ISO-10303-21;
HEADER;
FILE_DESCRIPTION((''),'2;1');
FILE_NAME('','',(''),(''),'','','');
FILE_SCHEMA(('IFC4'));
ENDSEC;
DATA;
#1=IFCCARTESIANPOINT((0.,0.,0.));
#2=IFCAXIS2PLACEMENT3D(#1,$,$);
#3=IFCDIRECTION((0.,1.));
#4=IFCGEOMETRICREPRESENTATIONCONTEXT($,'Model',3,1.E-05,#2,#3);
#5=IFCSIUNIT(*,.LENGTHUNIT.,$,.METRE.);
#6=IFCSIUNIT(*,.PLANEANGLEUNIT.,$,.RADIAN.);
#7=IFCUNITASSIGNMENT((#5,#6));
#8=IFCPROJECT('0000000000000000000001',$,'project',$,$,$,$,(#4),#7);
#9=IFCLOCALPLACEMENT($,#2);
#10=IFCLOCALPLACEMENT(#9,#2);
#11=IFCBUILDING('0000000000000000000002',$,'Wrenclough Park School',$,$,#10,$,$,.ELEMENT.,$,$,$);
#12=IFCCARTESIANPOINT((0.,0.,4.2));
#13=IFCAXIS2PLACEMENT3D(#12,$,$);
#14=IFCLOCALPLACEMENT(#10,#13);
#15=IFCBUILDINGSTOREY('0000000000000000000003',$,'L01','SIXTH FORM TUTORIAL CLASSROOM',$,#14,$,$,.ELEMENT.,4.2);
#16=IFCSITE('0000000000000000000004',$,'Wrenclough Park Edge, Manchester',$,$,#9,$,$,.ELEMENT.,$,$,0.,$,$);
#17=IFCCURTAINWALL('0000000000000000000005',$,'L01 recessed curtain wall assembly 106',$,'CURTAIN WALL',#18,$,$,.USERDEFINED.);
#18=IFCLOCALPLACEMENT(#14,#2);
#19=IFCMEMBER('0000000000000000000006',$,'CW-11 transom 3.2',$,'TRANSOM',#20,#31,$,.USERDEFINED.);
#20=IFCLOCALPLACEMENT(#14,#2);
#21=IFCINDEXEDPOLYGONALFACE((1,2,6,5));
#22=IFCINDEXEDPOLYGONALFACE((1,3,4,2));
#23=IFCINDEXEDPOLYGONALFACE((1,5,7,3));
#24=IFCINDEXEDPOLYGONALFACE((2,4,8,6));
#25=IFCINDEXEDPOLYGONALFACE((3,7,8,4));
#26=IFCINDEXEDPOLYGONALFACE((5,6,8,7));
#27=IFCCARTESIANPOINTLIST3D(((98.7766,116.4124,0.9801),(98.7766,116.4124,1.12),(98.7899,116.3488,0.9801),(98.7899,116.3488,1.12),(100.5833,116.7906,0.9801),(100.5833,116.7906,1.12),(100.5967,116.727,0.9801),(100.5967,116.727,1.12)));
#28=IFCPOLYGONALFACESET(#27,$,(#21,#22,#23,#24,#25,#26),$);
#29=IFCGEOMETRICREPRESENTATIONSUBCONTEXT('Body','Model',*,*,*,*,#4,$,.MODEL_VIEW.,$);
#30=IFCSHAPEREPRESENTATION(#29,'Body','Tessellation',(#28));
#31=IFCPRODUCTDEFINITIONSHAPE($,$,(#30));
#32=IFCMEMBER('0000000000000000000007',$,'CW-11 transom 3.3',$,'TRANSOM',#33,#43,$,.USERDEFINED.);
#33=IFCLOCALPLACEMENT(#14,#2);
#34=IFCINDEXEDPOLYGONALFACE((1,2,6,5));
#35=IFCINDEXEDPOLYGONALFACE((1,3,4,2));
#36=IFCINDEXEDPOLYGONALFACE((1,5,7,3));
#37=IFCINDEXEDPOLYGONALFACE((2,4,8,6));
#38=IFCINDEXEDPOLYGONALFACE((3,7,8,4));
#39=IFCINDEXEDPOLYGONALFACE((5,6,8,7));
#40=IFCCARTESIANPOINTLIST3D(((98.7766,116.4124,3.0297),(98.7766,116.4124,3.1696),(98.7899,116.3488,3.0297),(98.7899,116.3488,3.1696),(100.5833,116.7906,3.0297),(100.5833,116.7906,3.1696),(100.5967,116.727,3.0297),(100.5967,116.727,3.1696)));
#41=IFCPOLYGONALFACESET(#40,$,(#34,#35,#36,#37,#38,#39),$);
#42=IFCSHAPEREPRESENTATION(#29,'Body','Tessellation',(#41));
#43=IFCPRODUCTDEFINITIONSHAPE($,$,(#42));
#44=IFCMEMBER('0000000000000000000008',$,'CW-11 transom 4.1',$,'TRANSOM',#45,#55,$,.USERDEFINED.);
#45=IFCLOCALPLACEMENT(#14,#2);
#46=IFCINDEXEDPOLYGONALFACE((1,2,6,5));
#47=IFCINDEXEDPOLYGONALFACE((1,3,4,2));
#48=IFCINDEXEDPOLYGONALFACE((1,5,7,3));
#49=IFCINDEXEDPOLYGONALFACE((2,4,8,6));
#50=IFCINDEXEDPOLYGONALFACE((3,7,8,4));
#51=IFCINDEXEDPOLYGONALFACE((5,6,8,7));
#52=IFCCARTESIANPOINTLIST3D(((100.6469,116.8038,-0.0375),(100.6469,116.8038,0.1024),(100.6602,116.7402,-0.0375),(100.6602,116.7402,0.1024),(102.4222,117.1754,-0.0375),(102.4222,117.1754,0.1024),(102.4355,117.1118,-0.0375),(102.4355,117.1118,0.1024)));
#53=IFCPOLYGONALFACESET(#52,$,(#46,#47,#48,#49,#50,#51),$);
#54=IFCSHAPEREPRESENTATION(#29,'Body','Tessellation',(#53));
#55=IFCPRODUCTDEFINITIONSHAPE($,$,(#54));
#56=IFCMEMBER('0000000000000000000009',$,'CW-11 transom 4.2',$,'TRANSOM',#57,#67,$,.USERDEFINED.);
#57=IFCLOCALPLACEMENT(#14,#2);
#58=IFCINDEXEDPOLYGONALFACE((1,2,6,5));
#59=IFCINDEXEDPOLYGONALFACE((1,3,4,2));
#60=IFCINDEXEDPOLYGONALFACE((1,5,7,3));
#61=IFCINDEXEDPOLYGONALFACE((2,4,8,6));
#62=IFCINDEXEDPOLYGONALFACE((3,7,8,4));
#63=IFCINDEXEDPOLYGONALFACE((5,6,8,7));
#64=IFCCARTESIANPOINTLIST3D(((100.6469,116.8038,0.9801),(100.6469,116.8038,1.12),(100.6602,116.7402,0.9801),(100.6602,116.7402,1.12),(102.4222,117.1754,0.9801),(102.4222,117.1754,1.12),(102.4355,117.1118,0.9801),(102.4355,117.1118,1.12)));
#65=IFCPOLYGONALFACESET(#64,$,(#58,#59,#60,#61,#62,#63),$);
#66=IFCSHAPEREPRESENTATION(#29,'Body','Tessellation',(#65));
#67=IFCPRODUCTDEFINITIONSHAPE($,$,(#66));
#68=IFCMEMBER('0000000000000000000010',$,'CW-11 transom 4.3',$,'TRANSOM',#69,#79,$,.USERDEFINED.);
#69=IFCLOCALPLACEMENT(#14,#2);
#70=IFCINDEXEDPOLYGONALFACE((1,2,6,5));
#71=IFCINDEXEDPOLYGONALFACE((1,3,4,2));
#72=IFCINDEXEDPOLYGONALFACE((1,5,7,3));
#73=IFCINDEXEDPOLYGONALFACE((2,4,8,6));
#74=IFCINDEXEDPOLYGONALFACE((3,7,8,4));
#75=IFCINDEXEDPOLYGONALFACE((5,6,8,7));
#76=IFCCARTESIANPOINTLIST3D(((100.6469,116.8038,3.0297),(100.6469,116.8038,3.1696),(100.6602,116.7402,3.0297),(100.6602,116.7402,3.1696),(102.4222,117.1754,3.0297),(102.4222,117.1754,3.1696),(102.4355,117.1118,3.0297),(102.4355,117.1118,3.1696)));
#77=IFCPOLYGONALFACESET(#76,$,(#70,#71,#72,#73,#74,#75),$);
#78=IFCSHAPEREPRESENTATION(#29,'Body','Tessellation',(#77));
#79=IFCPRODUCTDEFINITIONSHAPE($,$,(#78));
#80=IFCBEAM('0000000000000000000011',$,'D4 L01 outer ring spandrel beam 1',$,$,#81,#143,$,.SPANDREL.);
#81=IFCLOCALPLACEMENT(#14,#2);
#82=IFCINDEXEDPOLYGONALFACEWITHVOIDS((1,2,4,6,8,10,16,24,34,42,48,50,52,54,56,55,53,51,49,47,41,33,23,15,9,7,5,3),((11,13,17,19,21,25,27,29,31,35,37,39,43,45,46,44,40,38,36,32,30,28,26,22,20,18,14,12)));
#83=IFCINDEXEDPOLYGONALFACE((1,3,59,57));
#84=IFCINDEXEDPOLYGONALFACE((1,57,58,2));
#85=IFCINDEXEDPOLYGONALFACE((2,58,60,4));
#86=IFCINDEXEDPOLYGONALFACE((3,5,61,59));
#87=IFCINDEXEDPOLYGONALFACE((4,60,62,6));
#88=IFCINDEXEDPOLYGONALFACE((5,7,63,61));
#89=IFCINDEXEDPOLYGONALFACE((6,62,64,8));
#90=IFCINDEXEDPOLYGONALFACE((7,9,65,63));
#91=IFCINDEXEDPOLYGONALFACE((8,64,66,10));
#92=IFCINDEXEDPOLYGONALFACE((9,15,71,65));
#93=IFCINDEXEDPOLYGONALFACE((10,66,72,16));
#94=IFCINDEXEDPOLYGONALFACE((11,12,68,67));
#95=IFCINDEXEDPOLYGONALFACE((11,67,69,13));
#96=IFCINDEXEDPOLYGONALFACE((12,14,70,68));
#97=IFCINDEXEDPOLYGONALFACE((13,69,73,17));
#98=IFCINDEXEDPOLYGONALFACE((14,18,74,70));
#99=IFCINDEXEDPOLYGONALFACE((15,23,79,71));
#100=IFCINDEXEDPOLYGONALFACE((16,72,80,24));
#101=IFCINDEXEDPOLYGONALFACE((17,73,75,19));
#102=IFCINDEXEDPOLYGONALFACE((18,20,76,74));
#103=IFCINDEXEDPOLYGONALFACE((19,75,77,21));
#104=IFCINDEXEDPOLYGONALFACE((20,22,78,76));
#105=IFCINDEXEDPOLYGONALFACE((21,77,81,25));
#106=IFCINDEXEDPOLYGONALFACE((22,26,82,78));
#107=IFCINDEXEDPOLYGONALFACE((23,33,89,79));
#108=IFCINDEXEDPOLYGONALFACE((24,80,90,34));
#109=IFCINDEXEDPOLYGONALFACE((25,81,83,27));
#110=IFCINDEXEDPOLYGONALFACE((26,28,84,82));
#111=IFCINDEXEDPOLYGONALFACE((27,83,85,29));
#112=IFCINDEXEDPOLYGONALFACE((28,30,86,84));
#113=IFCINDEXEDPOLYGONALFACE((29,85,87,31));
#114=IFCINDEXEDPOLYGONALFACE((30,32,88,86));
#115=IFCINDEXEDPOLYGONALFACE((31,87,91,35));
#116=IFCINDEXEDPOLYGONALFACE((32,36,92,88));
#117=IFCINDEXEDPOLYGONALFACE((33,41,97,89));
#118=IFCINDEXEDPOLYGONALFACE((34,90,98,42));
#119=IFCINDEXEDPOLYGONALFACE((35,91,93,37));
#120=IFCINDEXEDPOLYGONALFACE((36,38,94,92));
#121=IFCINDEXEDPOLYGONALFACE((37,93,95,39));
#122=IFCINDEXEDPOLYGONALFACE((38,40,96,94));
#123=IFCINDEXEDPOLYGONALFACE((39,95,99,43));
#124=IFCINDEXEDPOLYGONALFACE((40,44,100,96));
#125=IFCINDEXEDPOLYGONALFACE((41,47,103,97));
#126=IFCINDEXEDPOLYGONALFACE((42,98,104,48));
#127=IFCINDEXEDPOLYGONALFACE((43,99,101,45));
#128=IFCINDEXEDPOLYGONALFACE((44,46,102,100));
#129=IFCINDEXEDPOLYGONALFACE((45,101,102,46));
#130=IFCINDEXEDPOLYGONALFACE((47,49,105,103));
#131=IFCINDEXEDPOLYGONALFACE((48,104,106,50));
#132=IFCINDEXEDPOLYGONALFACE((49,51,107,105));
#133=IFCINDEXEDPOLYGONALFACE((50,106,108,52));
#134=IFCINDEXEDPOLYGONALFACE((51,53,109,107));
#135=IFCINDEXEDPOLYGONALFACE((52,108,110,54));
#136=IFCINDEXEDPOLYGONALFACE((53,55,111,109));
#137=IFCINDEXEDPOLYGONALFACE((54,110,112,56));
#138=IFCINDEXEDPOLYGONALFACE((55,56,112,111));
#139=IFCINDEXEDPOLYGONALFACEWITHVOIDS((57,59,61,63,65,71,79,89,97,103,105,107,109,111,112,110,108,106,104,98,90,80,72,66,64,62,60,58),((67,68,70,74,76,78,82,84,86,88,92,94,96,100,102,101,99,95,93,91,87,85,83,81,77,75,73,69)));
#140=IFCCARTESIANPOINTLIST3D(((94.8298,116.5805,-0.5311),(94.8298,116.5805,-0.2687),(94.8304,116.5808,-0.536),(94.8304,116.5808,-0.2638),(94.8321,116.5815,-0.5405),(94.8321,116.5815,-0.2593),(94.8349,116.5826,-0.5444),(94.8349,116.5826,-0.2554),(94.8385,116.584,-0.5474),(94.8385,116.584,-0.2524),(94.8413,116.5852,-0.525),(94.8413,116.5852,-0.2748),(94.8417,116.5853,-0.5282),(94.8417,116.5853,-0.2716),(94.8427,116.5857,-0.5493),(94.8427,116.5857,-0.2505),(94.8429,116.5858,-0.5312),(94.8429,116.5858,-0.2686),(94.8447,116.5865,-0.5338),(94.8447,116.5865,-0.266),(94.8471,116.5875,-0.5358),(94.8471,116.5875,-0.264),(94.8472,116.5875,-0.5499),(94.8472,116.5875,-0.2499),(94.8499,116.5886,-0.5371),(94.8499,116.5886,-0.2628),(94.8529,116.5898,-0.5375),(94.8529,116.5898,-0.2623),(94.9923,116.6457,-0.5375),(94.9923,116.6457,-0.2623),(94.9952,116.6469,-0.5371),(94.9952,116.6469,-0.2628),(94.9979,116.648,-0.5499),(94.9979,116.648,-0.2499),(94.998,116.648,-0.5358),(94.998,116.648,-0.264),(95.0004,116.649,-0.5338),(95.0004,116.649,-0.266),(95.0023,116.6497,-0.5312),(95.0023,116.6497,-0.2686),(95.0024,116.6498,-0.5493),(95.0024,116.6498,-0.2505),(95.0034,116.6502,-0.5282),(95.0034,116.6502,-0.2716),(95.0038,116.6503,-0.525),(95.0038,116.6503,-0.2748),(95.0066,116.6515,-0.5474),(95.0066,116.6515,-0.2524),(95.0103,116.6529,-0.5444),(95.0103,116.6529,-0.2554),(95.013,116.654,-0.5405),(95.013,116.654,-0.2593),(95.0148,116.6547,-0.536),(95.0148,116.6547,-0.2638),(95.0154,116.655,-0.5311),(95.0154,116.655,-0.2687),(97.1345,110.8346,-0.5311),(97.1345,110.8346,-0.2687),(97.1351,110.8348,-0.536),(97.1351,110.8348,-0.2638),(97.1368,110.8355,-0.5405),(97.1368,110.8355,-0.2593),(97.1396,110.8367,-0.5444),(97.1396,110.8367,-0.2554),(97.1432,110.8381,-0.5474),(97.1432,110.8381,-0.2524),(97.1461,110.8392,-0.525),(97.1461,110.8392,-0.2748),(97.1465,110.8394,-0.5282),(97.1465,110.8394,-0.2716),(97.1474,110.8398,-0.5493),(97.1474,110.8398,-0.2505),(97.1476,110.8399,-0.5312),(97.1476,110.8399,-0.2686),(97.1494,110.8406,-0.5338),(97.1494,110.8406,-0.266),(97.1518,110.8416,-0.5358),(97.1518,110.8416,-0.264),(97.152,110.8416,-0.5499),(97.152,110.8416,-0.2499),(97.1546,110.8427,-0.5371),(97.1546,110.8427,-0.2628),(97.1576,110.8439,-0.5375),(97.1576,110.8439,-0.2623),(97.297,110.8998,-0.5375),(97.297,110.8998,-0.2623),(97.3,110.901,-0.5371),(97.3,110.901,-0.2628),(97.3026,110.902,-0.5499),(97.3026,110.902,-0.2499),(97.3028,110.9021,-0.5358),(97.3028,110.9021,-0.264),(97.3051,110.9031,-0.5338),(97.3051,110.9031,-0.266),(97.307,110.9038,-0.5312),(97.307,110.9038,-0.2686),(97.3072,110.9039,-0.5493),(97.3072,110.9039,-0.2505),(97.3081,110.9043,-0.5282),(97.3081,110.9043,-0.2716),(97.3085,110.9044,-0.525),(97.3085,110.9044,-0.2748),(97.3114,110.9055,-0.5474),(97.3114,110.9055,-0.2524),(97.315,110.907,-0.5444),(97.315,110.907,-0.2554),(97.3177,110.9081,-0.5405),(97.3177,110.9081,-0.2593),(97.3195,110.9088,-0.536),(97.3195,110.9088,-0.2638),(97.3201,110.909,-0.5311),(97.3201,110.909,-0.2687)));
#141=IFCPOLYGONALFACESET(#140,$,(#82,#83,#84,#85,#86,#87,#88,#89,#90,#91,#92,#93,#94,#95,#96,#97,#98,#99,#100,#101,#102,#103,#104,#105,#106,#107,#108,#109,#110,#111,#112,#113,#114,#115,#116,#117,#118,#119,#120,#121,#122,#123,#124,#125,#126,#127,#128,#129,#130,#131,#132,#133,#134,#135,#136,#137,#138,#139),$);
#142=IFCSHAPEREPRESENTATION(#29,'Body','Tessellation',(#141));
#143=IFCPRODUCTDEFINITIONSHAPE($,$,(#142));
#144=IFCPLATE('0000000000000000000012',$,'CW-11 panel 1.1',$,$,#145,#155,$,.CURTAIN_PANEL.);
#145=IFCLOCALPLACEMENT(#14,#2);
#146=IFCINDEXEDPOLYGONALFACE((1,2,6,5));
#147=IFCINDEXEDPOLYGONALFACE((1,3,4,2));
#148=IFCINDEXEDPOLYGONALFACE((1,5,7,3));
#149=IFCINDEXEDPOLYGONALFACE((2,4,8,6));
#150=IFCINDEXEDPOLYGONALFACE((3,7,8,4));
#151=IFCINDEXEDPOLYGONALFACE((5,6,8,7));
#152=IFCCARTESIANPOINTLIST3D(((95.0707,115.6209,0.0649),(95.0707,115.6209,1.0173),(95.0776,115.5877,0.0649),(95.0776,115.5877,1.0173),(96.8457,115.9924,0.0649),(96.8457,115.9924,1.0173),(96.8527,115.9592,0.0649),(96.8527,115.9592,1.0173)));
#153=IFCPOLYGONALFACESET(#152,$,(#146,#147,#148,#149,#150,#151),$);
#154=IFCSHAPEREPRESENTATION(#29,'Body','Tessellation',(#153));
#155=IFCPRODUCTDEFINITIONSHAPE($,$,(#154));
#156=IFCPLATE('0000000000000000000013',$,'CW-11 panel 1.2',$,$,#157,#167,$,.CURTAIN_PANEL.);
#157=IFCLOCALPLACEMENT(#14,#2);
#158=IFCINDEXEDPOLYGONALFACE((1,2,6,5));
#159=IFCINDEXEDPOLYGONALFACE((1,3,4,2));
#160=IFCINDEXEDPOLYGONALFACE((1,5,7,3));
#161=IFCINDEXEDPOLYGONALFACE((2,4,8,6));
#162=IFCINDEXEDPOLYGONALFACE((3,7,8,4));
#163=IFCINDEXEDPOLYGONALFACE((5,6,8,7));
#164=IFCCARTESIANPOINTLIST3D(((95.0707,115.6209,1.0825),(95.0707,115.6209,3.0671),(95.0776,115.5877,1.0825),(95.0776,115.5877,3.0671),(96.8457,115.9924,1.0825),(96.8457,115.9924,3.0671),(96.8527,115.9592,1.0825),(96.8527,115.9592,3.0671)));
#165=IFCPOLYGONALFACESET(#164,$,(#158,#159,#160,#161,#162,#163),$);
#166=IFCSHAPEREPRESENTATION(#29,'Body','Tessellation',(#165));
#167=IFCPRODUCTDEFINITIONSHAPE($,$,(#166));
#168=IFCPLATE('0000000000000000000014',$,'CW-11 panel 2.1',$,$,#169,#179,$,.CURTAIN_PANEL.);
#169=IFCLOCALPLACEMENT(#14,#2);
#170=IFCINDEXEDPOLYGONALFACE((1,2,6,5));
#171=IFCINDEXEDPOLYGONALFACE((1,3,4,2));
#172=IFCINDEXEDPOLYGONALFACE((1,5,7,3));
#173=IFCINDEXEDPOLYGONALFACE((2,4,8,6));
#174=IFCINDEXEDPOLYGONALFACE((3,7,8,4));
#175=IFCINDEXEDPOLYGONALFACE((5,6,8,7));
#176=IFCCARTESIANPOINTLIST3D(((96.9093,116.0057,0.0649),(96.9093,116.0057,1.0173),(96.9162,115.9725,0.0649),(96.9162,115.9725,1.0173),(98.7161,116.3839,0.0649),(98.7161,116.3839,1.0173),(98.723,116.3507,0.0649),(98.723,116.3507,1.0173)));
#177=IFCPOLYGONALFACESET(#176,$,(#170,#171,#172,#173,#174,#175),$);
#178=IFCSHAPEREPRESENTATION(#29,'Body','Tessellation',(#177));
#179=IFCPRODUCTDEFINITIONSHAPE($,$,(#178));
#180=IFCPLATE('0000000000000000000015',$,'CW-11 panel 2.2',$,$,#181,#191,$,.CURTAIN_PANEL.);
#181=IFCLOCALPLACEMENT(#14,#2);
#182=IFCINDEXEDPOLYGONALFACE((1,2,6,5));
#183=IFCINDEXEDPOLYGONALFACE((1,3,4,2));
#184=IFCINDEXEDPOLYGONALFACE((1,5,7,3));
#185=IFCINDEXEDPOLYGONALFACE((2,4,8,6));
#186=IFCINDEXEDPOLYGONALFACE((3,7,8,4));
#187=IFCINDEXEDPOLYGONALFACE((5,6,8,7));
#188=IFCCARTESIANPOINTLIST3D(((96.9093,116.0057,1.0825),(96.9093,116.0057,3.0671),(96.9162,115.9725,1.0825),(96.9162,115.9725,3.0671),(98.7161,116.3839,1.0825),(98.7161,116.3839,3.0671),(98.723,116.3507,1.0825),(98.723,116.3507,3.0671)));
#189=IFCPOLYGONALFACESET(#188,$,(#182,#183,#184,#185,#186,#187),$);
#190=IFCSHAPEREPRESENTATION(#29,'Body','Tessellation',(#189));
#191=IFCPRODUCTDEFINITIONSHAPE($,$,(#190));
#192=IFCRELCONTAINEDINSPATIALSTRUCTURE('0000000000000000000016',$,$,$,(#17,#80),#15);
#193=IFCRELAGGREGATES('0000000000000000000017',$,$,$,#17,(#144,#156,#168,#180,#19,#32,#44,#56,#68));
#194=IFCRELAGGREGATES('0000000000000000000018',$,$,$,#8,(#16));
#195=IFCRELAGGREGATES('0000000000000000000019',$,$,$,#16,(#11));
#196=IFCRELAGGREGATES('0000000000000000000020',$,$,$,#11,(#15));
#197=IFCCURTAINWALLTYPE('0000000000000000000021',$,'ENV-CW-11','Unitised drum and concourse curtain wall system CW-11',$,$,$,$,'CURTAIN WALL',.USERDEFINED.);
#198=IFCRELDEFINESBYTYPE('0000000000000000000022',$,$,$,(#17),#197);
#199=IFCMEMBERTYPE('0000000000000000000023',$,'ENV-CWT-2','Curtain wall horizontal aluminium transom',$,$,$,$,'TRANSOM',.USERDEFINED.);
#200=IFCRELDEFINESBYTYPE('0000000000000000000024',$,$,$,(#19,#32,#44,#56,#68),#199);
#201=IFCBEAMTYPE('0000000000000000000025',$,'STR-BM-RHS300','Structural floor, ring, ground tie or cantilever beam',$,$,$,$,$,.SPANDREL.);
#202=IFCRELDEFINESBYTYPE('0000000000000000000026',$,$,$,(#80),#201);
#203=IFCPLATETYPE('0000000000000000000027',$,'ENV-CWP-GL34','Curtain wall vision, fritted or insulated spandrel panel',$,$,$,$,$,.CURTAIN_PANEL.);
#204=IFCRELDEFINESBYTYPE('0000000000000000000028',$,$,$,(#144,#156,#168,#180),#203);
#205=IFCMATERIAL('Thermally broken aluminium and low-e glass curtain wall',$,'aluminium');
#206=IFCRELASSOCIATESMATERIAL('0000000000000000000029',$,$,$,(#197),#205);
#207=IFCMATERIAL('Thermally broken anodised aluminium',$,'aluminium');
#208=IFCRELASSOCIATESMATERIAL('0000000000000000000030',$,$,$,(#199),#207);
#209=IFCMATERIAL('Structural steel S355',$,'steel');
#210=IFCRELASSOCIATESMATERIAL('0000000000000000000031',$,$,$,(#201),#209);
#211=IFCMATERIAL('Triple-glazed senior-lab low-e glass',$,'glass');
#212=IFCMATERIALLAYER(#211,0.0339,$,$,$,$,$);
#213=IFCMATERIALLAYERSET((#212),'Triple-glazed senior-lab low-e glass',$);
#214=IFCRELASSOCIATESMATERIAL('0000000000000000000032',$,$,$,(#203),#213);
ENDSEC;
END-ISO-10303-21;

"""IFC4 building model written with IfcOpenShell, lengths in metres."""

from ifc_helpers import new_model, si_unit, direction, frame, origin, origin_2d, place, context, subcontext, project, spatial, rectangle, hollow_rectangle, extrude, material, layer, layer_set, material_profile, profile_set, type_object, element, aggregate, save


model = new_model("IFC4")

# Units and contexts
model_context = context("Model", 3, precision=1e-05, world=origin(), true_north=direction((0.0, 1.0)))
body_context = subcontext(model_context, "Body", "Model", "MODEL_VIEW")
ifc_project = project(units=[si_unit("LENGTHUNIT", "METRE"), si_unit("PLANEANGLEUNIT", "RADIAN")], contexts=[model_context])

# Site, building, storey
site_placement = place(None, origin())
site = spatial("IfcSite", under=ifc_project, at=site_placement, Name="Wrenclough Park Edge, Manchester", CompositionType="ELEMENT", RefElevation=0.0)
building_placement = place(site_placement, origin())
building = spatial("IfcBuilding", under=site, at=building_placement, Name="Wrenclough Park School", CompositionType="ELEMENT")
storey_placement = place(building_placement, frame((0.0, 0.0, 4.2)))
storey = spatial("IfcBuildingStorey", under=building, at=storey_placement, Name="L01", Description="SIXTH FORM TUTORIAL CLASSROOM", CompositionType="ELEMENT", Elevation=4.2)

# Shared definitions
ifc_material_1 = material(Name="Structural steel S355", Category="steel")

# Curtain wall, members
ifc_material_2 = material(Name="Thermally broken aluminium and low-e glass curtain wall", Category="aluminium")
curtain_wall_type = type_object("IfcCurtainWallType", Name="ENV-CW-11", Description="Unitised drum and concourse curtain wall system CW-11", ElementType="CURTAIN WALL", PredefinedType="USERDEFINED", material=ifc_material_2)
curtain_wall_placement = place(storey_placement, origin())
curtain_wall = element("IfcCurtainWall", 1, at=curtain_wall_placement, inside=storey, type_object=curtain_wall_type, Name="L01 recessed curtain wall assembly 106", ObjectType="CURTAIN WALL", PredefinedType="USERDEFINED")
ifc_material_3 = material(Name="Thermally broken anodised aluminium", Category="aluminium")
ifc_material_profile_1 = material_profile(ifc_material_3, rectangle(XDim=0.0649, YDim=0.1399, at=origin_2d()), Name="AL TRANSOM 65x140")
ifc_profile_set_1 = profile_set([ifc_material_profile_1], Name="Thermally broken anodised aluminium")
member_type_1 = type_object("IfcMemberType", Name="ENV-CWT-2", Description="Curtain wall horizontal aluminium transom", ElementType="TRANSOM", PredefinedType="USERDEFINED", material=ifc_profile_set_1)
member_1_placement = place(storey_placement, frame((98.7832, 116.3806, 1.05), z_axis=(0.978792, 0.204857, 0.0), x_axis=(-0.204857, 0.978792, 0.0)))
member_1 = element("IfcMember", 2, at=member_1_placement, type_object=member_type_1, Name="CW-11 transom 3.2", ObjectType="TRANSOM", PredefinedType="USERDEFINED", context=body_context, shape_type="SweptSolid", body=[
    extrude(rectangle(XDim=0.0649, YDim=0.1399, at=origin_2d()), origin(), (0.0, 0.0, 1.0), 1.8459),
])
member_2_placement = place(storey_placement, frame((98.7832, 116.3806, 3.0996), z_axis=(0.978792, 0.204857, 0.0), x_axis=(-0.204857, 0.978792, 0.0)))
member_2 = element("IfcMember", 3, at=member_2_placement, type_object=member_type_1, Name="CW-11 transom 3.3", ObjectType="TRANSOM", PredefinedType="USERDEFINED", context=body_context, shape_type="SweptSolid", body=[
    extrude(rectangle(XDim=0.0649, YDim=0.1399, at=origin_2d()), origin(), (0.0, 0.0, 1.0), 1.8459),
])
member_3_placement = place(storey_placement, frame((100.6536, 116.772, 0.0325), z_axis=(0.978786, 0.204884, 0.0), x_axis=(-0.204884, 0.978786, 0.0)))
member_3 = element("IfcMember", 4, at=member_3_placement, type_object=member_type_1, Name="CW-11 transom 4.1", ObjectType="TRANSOM", PredefinedType="USERDEFINED", context=body_context, shape_type="SweptSolid", body=[
    extrude(rectangle(XDim=0.0649, YDim=0.1399, at=origin_2d()), origin(), (0.0, 0.0, 1.0), 1.8137),
])
member_4_placement = place(storey_placement, frame((100.6536, 116.772, 1.05), z_axis=(0.978786, 0.204884, 0.0), x_axis=(-0.204884, 0.978786, 0.0)))
member_4 = element("IfcMember", 5, at=member_4_placement, type_object=member_type_1, Name="CW-11 transom 4.2", ObjectType="TRANSOM", PredefinedType="USERDEFINED", context=body_context, shape_type="SweptSolid", body=[
    extrude(rectangle(XDim=0.0649, YDim=0.1399, at=origin_2d()), origin(), (0.0, 0.0, 1.0), 1.8137),
])
member_5_placement = place(storey_placement, frame((100.6536, 116.772, 3.0996), z_axis=(0.978786, 0.204884, 0.0), x_axis=(-0.204884, 0.978786, 0.0)))
member_5 = element("IfcMember", 6, at=member_5_placement, type_object=member_type_1, Name="CW-11 transom 4.3", ObjectType="TRANSOM", PredefinedType="USERDEFINED", context=body_context, shape_type="SweptSolid", body=[
    extrude(rectangle(XDim=0.0649, YDim=0.1399, at=origin_2d()), origin(), (0.0, 0.0, 1.0), 1.8137),
])

# Beam
ifc_material_profile_2 = material_profile(ifc_material_1, hollow_rectangle(XDim=0.2, YDim=0.3, WallThickness=0.0125, InnerFilletRadius=0.0125, OuterFilletRadius=0.0188, at=origin_2d()), Name="RHS 300x200x12.5")
ifc_profile_set_2 = profile_set([ifc_material_profile_2], Name="Structural steel S355")
beam_type = type_object("IfcBeamType", Name="STR-BM-RHS300", Description="Structural floor, ring, ground tie or cantilever beam", PredefinedType="SPANDREL", material=ifc_profile_set_2)
beam_placement = place(storey_placement, frame((97.2273, 110.8718, -0.3999), z_axis=(-0.372274, 0.928123, 0.0), x_axis=(-0.928123, -0.372274, 0.0)))
element("IfcBeam", 7, at=beam_placement, inside=storey, type_object=beam_type, Name="D4 L01 outer ring spandrel beam 1", PredefinedType="SPANDREL", context=body_context, shape_type="SweptSolid", body=[
    extrude(hollow_rectangle(XDim=0.2, YDim=0.3, WallThickness=0.0125, InnerFilletRadius=0.0125, OuterFilletRadius=0.0188, at=origin_2d()), origin(), (0.0, 0.0, 1.0), 6.1909),
])

# Plates
ifc_material_4 = material(Name="Triple-glazed senior-lab low-e glass", Category="glass")
ifc_layer_1 = layer(ifc_material_4, 0.0339)
ifc_layer_set_1 = layer_set([ifc_layer_1], Name="Triple-glazed senior-lab low-e glass")
plate_type = type_object("IfcPlateType", Name="ENV-CWP-GL34", Description="Curtain wall vision, fritted or insulated spandrel panel", PredefinedType="CURTAIN_PANEL", material=ifc_layer_set_1)
plate_1_placement = place(storey_placement, frame((95.9617, 115.79, 0.0649), z_axis=(0.0, 0.0, 1.0), x_axis=(0.978789, 0.204871, 0.0)))
plate_1 = element("IfcPlate", 8, at=plate_1_placement, type_object=plate_type, Name="CW-11 panel 1.1", PredefinedType="CURTAIN_PANEL", context=body_context, shape_type="SweptSolid", body=[
    extrude(rectangle(XDim=1.8135, YDim=0.0339, at=origin_2d()), origin(), (0.0, 0.0, 1.0), 0.9524),
])
plate_2_placement = place(storey_placement, frame((95.9617, 115.79, 1.0825), z_axis=(0.0, 0.0, 1.0), x_axis=(0.978789, 0.204871, 0.0)))
plate_2 = element("IfcPlate", 9, at=plate_2_placement, type_object=plate_type, Name="CW-11 panel 1.2", PredefinedType="CURTAIN_PANEL", context=body_context, shape_type="SweptSolid", body=[
    extrude(rectangle(XDim=1.8135, YDim=0.0339, at=origin_2d()), origin(), (0.0, 0.0, 1.0), 1.9846),
])
plate_3_placement = place(storey_placement, frame((97.8162, 116.1782, 0.0649), z_axis=(0.0, 0.0, 1.0), x_axis=(0.978789, 0.204871, 0.0)))
plate_3 = element("IfcPlate", 10, at=plate_3_placement, type_object=plate_type, Name="CW-11 panel 2.1", PredefinedType="CURTAIN_PANEL", context=body_context, shape_type="SweptSolid", body=[
    extrude(rectangle(XDim=1.8459, YDim=0.0339, at=origin_2d()), origin(), (0.0, 0.0, 1.0), 0.9524),
])
plate_4_placement = place(storey_placement, frame((97.8162, 116.1782, 1.0825), z_axis=(0.0, 0.0, 1.0), x_axis=(0.978789, 0.204871, 0.0)))
plate_4 = element("IfcPlate", 11, at=plate_4_placement, type_object=plate_type, Name="CW-11 panel 2.2", PredefinedType="CURTAIN_PANEL", context=body_context, shape_type="SweptSolid", body=[
    extrude(rectangle(XDim=1.8459, YDim=0.0339, at=origin_2d()), origin(), (0.0, 0.0, 1.0), 1.9846),
])
aggregate(curtain_wall, [plate_1, plate_2, plate_3, plate_4, member_1, member_2, member_3, member_4, member_5])

save(model, "model.ifc")
